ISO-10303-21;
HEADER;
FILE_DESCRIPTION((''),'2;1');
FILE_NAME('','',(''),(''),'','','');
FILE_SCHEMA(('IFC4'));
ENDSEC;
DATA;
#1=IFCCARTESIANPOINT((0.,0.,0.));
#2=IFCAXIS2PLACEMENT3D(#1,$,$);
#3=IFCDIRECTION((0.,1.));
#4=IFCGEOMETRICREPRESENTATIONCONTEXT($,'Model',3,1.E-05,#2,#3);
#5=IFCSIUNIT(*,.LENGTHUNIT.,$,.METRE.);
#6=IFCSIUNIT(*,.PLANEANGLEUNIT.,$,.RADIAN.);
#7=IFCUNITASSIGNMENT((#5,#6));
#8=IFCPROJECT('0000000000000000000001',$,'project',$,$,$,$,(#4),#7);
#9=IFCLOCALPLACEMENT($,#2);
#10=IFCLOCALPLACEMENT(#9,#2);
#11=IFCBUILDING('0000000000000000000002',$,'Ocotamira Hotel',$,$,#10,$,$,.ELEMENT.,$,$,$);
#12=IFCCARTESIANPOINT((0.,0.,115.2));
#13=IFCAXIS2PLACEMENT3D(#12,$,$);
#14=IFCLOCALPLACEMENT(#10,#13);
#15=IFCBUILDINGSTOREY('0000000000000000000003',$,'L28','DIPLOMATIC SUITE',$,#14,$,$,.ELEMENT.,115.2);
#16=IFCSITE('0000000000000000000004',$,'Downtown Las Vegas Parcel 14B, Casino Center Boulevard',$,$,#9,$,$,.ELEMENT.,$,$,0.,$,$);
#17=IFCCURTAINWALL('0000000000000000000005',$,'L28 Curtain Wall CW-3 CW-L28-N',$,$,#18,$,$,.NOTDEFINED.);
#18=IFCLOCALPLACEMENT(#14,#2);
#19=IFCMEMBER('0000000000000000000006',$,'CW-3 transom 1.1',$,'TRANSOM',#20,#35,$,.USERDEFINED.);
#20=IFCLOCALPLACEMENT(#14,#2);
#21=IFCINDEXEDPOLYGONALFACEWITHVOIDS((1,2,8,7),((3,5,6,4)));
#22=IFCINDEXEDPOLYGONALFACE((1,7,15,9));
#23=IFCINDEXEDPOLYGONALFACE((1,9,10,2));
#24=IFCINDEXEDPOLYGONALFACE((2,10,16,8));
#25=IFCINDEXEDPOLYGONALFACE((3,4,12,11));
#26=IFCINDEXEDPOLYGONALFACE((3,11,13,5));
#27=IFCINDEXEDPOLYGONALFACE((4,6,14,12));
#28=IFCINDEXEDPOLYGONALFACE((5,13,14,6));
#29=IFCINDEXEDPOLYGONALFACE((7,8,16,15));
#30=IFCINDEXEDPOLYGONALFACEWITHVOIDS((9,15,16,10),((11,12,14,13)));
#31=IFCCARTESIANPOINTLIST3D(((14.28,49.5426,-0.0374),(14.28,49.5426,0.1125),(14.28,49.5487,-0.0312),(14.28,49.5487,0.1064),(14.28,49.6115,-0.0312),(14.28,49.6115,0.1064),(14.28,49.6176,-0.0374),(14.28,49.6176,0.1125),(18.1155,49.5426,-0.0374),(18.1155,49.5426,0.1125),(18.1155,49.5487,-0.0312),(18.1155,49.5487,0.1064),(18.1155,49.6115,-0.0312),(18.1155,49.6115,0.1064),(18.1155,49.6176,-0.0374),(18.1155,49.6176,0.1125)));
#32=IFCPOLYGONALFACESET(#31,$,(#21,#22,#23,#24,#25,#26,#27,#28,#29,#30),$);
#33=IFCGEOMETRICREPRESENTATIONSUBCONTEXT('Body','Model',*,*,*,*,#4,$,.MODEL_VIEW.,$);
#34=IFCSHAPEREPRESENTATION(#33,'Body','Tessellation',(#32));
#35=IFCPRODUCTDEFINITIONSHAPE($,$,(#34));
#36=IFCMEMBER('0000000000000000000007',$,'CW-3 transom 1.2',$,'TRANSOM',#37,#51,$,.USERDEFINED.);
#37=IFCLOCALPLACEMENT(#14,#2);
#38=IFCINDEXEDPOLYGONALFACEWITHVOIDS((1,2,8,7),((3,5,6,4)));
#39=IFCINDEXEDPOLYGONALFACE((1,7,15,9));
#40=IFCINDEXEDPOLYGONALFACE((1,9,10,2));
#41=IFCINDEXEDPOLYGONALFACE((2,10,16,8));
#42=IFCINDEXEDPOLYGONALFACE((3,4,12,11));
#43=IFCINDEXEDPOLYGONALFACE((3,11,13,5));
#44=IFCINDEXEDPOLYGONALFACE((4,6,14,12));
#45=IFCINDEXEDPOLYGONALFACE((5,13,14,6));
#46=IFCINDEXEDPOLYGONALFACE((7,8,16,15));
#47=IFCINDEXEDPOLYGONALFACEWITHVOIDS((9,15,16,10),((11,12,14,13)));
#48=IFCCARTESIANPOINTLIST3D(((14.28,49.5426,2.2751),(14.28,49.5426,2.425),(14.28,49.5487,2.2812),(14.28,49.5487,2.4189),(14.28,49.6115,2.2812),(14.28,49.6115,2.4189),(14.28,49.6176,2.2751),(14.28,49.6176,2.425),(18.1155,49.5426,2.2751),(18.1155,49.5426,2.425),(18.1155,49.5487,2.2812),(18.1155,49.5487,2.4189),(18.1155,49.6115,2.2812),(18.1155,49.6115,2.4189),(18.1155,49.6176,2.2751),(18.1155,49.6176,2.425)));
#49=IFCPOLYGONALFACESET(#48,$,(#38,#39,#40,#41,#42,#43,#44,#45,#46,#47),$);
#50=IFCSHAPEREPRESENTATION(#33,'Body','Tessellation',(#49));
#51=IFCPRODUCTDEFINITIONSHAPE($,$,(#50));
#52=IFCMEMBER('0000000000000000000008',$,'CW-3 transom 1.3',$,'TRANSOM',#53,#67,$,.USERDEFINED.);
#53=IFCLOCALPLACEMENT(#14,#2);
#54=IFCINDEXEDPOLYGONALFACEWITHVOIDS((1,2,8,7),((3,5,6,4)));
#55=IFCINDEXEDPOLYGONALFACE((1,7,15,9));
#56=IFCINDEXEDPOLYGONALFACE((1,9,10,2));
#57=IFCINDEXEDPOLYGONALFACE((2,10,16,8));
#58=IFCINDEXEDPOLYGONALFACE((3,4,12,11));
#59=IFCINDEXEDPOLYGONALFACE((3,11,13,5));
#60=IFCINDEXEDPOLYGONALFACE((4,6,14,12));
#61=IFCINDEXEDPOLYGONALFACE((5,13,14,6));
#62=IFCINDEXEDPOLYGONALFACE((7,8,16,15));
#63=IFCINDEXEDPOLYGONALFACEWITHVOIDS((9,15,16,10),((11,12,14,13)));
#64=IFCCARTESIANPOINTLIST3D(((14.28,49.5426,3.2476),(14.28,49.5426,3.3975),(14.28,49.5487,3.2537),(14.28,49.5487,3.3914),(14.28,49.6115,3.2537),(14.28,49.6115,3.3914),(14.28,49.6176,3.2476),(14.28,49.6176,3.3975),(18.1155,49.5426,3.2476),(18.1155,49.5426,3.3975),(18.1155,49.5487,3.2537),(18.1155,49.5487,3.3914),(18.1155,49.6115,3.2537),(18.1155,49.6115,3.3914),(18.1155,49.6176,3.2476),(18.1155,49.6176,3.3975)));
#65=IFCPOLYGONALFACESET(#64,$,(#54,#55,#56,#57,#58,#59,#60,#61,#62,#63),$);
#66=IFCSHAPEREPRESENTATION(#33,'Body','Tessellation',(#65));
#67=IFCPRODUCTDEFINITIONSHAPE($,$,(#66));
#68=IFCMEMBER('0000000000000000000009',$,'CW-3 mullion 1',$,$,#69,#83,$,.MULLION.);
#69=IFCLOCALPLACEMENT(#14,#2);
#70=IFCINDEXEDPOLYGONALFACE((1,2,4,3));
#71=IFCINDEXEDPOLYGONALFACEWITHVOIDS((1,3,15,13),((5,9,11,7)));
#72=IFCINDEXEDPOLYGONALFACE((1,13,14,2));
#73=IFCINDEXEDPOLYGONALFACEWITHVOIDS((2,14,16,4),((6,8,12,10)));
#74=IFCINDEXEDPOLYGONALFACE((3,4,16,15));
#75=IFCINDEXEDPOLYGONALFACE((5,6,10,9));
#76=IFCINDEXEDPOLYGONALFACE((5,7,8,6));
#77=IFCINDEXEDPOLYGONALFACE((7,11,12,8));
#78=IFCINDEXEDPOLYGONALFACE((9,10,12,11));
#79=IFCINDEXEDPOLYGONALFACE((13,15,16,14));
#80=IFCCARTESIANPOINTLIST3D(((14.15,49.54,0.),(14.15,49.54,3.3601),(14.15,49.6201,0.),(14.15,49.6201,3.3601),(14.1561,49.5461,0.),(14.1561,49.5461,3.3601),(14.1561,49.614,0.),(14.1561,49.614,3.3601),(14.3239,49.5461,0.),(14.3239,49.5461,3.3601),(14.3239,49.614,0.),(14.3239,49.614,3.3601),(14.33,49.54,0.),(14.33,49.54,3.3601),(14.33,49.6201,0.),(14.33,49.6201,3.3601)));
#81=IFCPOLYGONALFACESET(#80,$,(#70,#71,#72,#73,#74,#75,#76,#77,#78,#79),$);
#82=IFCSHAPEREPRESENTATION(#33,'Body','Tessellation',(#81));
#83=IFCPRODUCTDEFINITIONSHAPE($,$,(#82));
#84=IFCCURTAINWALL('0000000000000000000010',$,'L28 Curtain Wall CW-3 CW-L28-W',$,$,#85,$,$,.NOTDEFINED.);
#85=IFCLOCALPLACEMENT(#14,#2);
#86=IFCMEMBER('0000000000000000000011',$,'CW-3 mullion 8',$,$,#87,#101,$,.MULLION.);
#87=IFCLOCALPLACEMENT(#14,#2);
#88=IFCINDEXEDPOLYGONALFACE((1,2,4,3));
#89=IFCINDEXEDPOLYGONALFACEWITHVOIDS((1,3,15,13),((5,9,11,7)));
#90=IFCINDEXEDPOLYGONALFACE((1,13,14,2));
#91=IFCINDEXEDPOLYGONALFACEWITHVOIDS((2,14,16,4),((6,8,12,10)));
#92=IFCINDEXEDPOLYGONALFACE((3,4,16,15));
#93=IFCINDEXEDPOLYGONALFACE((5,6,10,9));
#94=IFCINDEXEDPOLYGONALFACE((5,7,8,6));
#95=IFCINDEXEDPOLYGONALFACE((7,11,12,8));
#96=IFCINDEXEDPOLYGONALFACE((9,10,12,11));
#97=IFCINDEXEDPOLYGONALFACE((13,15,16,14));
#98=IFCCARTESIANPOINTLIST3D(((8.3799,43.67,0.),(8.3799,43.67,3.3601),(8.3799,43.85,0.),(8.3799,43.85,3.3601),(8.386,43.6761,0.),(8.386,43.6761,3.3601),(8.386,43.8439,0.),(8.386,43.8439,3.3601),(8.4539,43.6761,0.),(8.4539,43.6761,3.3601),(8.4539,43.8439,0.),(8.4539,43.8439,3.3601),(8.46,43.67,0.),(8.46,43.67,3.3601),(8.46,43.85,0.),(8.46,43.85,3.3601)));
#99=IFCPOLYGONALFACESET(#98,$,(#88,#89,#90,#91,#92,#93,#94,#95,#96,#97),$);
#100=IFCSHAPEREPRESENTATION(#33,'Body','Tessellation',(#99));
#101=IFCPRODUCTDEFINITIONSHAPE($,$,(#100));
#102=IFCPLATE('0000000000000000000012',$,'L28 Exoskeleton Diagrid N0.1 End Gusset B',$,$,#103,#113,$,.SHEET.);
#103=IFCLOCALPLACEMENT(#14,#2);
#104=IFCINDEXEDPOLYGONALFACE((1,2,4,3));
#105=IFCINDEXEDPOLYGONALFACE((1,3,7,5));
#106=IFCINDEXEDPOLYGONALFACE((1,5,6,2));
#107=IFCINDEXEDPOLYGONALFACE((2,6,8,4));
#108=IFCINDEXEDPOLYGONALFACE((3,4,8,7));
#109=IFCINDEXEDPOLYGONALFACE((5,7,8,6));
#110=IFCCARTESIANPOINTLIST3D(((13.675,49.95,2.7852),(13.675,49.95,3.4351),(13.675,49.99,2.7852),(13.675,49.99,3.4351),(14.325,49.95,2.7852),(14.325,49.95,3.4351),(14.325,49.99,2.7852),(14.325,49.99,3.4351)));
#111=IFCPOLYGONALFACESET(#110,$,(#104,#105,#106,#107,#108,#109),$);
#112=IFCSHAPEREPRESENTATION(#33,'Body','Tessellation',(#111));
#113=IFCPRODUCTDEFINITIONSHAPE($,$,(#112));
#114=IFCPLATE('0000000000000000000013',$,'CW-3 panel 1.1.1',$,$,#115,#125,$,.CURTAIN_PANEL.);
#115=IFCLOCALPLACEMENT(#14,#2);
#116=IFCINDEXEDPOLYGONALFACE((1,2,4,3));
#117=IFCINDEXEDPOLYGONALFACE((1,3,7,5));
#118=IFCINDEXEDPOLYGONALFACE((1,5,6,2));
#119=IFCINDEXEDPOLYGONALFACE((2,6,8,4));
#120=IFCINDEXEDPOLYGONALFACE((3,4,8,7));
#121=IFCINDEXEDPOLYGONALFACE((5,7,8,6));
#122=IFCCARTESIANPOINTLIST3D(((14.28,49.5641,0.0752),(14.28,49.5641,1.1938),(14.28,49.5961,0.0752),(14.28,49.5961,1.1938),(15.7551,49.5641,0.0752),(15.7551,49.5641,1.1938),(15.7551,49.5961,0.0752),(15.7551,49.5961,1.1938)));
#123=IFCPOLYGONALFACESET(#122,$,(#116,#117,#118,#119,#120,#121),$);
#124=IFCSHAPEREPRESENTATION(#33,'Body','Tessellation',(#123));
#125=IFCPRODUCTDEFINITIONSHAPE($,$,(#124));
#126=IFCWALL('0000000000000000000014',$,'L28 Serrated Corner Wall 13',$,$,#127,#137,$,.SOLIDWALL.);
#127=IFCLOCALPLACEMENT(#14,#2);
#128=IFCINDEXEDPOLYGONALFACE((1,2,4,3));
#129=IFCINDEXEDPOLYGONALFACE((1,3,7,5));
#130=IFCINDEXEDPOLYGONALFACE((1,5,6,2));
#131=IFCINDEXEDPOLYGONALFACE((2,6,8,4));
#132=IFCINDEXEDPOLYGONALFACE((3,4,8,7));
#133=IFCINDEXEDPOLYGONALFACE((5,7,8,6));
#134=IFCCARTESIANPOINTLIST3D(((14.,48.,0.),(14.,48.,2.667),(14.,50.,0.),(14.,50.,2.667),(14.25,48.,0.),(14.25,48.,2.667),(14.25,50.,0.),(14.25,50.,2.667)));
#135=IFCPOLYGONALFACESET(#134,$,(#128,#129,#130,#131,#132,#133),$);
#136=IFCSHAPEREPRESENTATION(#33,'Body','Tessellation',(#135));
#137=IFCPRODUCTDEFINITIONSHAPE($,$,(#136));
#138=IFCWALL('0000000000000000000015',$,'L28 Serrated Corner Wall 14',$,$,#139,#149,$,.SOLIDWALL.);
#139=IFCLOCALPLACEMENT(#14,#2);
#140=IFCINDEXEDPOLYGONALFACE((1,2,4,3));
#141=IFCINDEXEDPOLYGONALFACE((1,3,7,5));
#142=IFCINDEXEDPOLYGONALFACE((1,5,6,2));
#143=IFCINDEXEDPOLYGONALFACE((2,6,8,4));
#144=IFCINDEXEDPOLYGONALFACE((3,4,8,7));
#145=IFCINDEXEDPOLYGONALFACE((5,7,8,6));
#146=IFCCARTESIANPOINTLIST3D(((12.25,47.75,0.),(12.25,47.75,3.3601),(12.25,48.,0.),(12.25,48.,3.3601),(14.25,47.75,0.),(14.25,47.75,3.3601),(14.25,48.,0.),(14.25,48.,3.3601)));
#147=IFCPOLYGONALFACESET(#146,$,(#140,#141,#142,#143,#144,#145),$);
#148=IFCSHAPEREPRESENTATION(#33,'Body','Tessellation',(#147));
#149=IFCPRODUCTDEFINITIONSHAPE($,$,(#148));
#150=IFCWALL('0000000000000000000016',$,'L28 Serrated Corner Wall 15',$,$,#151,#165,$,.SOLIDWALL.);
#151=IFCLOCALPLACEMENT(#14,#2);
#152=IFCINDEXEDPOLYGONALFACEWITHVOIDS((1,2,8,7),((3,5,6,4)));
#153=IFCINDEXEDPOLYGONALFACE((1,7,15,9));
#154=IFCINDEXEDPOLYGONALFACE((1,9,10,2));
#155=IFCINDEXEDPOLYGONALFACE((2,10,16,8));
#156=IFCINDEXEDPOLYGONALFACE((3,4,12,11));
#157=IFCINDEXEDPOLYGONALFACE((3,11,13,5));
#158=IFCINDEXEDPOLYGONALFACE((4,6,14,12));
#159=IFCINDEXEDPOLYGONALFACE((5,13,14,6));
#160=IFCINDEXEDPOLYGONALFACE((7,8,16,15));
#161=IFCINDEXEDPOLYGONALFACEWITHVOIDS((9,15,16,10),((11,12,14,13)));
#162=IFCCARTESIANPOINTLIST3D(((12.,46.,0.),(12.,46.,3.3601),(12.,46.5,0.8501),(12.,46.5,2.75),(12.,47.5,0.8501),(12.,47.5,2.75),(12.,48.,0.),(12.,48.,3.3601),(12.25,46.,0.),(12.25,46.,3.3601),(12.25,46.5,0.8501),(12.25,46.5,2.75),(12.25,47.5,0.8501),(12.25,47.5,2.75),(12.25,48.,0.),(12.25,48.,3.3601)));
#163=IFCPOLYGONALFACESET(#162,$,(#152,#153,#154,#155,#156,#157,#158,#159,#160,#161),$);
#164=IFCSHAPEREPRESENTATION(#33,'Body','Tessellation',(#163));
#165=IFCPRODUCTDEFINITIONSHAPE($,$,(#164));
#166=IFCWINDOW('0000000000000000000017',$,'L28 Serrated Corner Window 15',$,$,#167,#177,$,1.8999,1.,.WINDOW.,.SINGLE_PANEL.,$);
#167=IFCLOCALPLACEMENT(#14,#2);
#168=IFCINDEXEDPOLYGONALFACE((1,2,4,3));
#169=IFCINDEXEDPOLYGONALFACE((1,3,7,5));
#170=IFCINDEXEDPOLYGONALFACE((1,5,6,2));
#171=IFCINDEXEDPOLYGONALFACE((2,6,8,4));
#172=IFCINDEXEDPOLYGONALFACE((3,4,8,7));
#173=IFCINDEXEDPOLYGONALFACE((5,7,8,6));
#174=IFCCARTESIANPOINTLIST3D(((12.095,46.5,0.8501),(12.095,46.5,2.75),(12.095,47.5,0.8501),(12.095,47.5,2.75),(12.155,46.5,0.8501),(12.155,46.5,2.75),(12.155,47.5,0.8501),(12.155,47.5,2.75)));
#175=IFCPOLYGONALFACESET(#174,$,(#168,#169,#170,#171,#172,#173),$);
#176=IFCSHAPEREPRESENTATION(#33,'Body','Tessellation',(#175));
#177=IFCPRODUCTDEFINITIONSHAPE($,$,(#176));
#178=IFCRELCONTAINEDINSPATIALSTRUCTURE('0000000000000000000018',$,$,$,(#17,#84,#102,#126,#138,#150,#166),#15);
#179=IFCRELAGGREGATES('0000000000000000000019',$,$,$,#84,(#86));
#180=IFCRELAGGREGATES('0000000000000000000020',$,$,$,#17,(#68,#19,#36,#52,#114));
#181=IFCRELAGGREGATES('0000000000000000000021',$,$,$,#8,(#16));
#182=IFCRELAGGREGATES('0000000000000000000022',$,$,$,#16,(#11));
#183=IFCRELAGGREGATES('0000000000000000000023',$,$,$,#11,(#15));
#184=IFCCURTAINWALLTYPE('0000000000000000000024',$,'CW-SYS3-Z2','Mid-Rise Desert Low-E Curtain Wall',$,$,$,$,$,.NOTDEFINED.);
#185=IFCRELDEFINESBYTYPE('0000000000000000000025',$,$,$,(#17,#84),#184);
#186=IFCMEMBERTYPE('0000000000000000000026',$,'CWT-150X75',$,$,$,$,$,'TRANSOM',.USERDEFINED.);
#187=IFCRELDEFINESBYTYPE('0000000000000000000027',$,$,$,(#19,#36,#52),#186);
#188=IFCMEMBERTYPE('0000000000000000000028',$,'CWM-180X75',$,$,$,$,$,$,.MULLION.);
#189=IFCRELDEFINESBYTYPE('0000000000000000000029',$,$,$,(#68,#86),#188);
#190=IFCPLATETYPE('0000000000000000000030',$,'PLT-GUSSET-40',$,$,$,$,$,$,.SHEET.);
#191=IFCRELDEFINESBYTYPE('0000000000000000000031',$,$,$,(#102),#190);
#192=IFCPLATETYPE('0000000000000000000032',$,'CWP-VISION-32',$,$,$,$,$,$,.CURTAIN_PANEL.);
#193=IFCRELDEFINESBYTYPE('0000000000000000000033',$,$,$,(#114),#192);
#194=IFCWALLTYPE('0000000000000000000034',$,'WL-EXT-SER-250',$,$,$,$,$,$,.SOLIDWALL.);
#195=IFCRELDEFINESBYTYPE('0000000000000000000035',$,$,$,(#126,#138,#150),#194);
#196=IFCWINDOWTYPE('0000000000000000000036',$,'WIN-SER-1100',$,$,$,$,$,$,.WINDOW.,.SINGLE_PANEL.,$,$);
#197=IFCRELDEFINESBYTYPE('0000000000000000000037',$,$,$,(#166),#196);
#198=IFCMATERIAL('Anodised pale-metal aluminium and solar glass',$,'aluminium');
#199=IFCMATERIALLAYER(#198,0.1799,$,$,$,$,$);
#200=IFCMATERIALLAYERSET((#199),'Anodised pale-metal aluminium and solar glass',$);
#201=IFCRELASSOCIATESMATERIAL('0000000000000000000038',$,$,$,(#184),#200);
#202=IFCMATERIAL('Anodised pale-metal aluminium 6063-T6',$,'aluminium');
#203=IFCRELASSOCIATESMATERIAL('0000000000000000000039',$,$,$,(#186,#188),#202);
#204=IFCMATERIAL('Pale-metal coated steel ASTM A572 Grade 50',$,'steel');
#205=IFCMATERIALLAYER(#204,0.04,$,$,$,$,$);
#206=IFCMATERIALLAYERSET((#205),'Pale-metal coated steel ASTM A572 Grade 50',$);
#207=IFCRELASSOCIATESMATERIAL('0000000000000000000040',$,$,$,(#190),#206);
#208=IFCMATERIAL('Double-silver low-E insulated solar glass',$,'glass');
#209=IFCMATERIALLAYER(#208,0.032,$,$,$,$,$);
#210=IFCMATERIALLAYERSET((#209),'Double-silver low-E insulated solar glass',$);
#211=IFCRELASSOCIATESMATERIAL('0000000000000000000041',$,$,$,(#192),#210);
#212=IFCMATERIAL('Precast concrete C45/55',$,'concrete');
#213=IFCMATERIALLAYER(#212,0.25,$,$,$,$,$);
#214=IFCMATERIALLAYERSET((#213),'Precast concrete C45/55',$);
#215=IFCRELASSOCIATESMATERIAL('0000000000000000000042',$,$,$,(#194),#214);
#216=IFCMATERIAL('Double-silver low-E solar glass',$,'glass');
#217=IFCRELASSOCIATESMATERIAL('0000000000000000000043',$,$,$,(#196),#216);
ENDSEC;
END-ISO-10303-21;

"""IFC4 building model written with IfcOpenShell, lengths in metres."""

from ifc_helpers import new_model, si_unit, direction, frame, frame_2d, origin, origin_2d, place, context, subcontext, project, spatial, rectangle, hollow_rectangle, extrude, source, transform, mapped, material, layer, layer_set, material_profile, profile_set, type_object, element, fill, aggregate, save


model = new_model("IFC4")

# Units and contexts
model_context = context("Model", 3, precision=1e-05, world=origin(), true_north=direction((0.0, 1.0)))
body_context = subcontext(model_context, "Body", "Model", "MODEL_VIEW")
ifc_project = project(units=[si_unit("LENGTHUNIT", "METRE"), si_unit("PLANEANGLEUNIT", "RADIAN")], contexts=[model_context])

# Site, building, storey
site_placement = place(None, origin())
site = spatial("IfcSite", under=ifc_project, at=site_placement, Name="Downtown Las Vegas Parcel 14B, Casino Center Boulevard", CompositionType="ELEMENT", RefElevation=0.0)
building_placement = place(site_placement, origin())
building = spatial("IfcBuilding", under=site, at=building_placement, Name="Ocotamira Hotel", CompositionType="ELEMENT")
storey_placement = place(building_placement, frame((0.0, 0.0, 115.2)))
storey = spatial("IfcBuildingStorey", under=building, at=storey_placement, Name="L28", Description="DIPLOMATIC SUITE", CompositionType="ELEMENT", Elevation=115.2)

# Curtain wall, members
ifc_material_1 = material(Name="Anodised pale-metal aluminium and solar glass", Category="aluminium")
ifc_layer_1 = layer(ifc_material_1, 0.1799)
ifc_layer_set_1 = layer_set([ifc_layer_1], Name="Anodised pale-metal aluminium and solar glass")
curtain_wall_type = type_object("IfcCurtainWallType", Name="CW-SYS3-Z2", Description="Mid-Rise Desert Low-E Curtain Wall", PredefinedType="NOTDEFINED", material=ifc_layer_set_1)
curtain_wall_1_placement = place(storey_placement, origin())
curtain_wall_1 = element("IfcCurtainWall", 1, at=curtain_wall_1_placement, inside=storey, type_object=curtain_wall_type, Name="L28 Curtain Wall CW-3 CW-L28-N", PredefinedType="NOTDEFINED")
ifc_material_2 = material(Name="Anodised pale-metal aluminium 6063-T6", Category="aluminium")
ifc_material_profile_1 = material_profile(ifc_material_2, hollow_rectangle(XDim=0.075, YDim=0.1499, WallThickness=0.0061, at=origin_2d()), Name="HSS150X75X6")
ifc_profile_set_1 = profile_set([ifc_material_profile_1], Name="Anodised pale-metal aluminium 6063-T6")
member_type_1 = type_object("IfcMemberType", Name="CWT-150X75", ElementType="TRANSOM", PredefinedType="USERDEFINED", material=ifc_profile_set_1)
shared_shape_1 = source(origin(), body_context, "Body", "SweptSolid", [
    extrude(hollow_rectangle(XDim=0.075, YDim=0.1499, WallThickness=0.0061, at=origin_2d()), origin(), (0.0, 0.0, 1.0), 3.8354),
])
member_1_placement = place(storey_placement, frame((14.28, 49.5801, 0.0376), z_axis=(1.0, 0.0, 0.0), x_axis=(0.0, 1.0, 0.0)))
member_1 = element("IfcMember", 2, at=member_1_placement, type_object=member_type_1, Name="CW-3 transom 1.1", ObjectType="TRANSOM", PredefinedType="USERDEFINED", context=body_context, shape_type="MappedRepresentation", body=[
    mapped(shared_shape_1, transform((0.0, 0.0, 0.0), scale=1.0)),
])
member_2_placement = place(storey_placement, frame((14.28, 49.5801, 2.3501), z_axis=(1.0, 0.0, 0.0), x_axis=(0.0, 1.0, 0.0)))
member_2 = element("IfcMember", 3, at=member_2_placement, type_object=member_type_1, Name="CW-3 transom 1.2", ObjectType="TRANSOM", PredefinedType="USERDEFINED", context=body_context, shape_type="MappedRepresentation", body=[
    mapped(shared_shape_1, transform((0.0, 0.0, 0.0), scale=1.0)),
])
member_3_placement = place(storey_placement, frame((14.28, 49.5801, 3.3225), z_axis=(1.0, 0.0, 0.0), x_axis=(0.0, 1.0, 0.0)))
member_3 = element("IfcMember", 4, at=member_3_placement, type_object=member_type_1, Name="CW-3 transom 1.3", ObjectType="TRANSOM", PredefinedType="USERDEFINED", context=body_context, shape_type="MappedRepresentation", body=[
    mapped(shared_shape_1, transform((0.0, 0.0, 0.0), scale=1.0)),
])
ifc_material_profile_2 = material_profile(ifc_material_2, hollow_rectangle(XDim=0.0801, YDim=0.1799, WallThickness=0.0061, at=origin_2d()), Name="HSS180X80X6")
ifc_profile_set_2 = profile_set([ifc_material_profile_2], Name="Anodised pale-metal aluminium 6063-T6")
member_type_2 = type_object("IfcMemberType", Name="CWM-180X75", PredefinedType="MULLION", material=ifc_profile_set_2)
shared_shape_2 = source(origin(), body_context, "Body", "SweptSolid", [
    extrude(hollow_rectangle(XDim=0.0801, YDim=0.1799, WallThickness=0.0061, at=origin_2d()), origin(), (0.0, 0.0, 1.0), 3.3601),
])
member_4_placement = place(storey_placement, frame((14.24, 49.5801, 0.0), z_axis=(0.0, 0.0, 1.0), x_axis=(0.0, 1.0, 0.0)))
member_4 = element("IfcMember", 5, at=member_4_placement, type_object=member_type_2, Name="CW-3 mullion 1", PredefinedType="MULLION", context=body_context, shape_type="MappedRepresentation", body=[
    mapped(shared_shape_2, transform((0.0, 0.0, 0.0), scale=1.0)),
])

# Curtain wall, member
curtain_wall_2_placement = place(storey_placement, origin())
curtain_wall_2 = element("IfcCurtainWall", 6, at=curtain_wall_2_placement, inside=storey, type_object=curtain_wall_type, Name="L28 Curtain Wall CW-3 CW-L28-W", PredefinedType="NOTDEFINED")
member_5_placement = place(storey_placement, frame((8.4199, 43.76, 0.0), z_axis=(0.0, 0.0, 1.0), x_axis=(-1.0, 0.0, 0.0)))
member_5 = element("IfcMember", 7, at=member_5_placement, type_object=member_type_2, Name="CW-3 mullion 8", PredefinedType="MULLION", context=body_context, shape_type="MappedRepresentation", body=[
    mapped(shared_shape_2, transform((0.0, 0.0, 0.0), scale=1.0)),
])
aggregate(curtain_wall_2, [member_5])

# Plates
ifc_material_3 = material(Name="Pale-metal coated steel ASTM A572 Grade 50", Category="steel")
ifc_layer_2 = layer(ifc_material_3, 0.04)
ifc_layer_set_2 = layer_set([ifc_layer_2], Name="Pale-metal coated steel ASTM A572 Grade 50")
plate_type_1 = type_object("IfcPlateType", Name="PLT-GUSSET-40", PredefinedType="SHEET", material=ifc_layer_set_2)
shared_shape_3 = source(origin(), body_context, "Body", "SweptSolid", [
    extrude(rectangle(XDim=0.6499, YDim=0.04, at=origin_2d()), origin(), (0.0, 0.0, 1.0), 0.6499),
])
plate_1_placement = place(storey_placement, frame((14.0, 49.97, 2.7852), z_axis=(0.0, 0.0, 1.0), x_axis=(-1.0, 0.0, 0.0)))
element("IfcPlate", 8, at=plate_1_placement, inside=storey, type_object=plate_type_1, Name="L28 Exoskeleton Diagrid N0.1 End Gusset B", PredefinedType="SHEET", context=body_context, shape_type="MappedRepresentation", body=[
    mapped(shared_shape_3, transform((0.0, 0.0, 0.0), scale=1.0)),
])
ifc_material_4 = material(Name="Double-silver low-E insulated solar glass", Category="glass")
ifc_layer_3 = layer(ifc_material_4, 0.032)
ifc_layer_set_3 = layer_set([ifc_layer_3], Name="Double-silver low-E insulated solar glass")
plate_type_2 = type_object("IfcPlateType", Name="CWP-VISION-32", PredefinedType="CURTAIN_PANEL", material=ifc_layer_set_3)
shared_shape_4 = source(origin(), body_context, "Body", "SweptSolid", [
    extrude(rectangle(XDim=1.4751, YDim=0.032, at=origin_2d()), origin(), (0.0, 0.0, 1.0), 1.1187),
])
plate_2_placement = place(storey_placement, frame((15.0176, 49.5801, 0.0752), z_axis=(0.0, 0.0, 1.0), x_axis=(1.0, 0.0, 0.0)))
plate_2 = element("IfcPlate", 9, at=plate_2_placement, type_object=plate_type_2, Name="CW-3 panel 1.1.1", PredefinedType="CURTAIN_PANEL", context=body_context, shape_type="MappedRepresentation", body=[
    mapped(shared_shape_4, transform((0.0, 0.0, 0.0), scale=1.0)),
])
aggregate(curtain_wall_1, [member_4, member_1, member_2, member_3, plate_2])

# Walls
ifc_material_5 = material(Name="Precast concrete C45/55", Category="concrete")
ifc_layer_4 = layer(ifc_material_5, 0.25)
ifc_layer_set_4 = layer_set([ifc_layer_4], Name="Precast concrete C45/55")
wall_type = type_object("IfcWallType", Name="WL-EXT-SER-250", PredefinedType="SOLIDWALL", material=ifc_layer_set_4)
wall_1_placement = place(storey_placement, frame((14.125, 50.0, 0.0), z_axis=(0.0, 0.0, 1.0), x_axis=(0.0, -1.0, 0.0)))
element("IfcWall", 10, at=wall_1_placement, inside=storey, type_object=wall_type, Name="L28 Serrated Corner Wall 13", PredefinedType="SOLIDWALL", context=body_context, shape_type="SweptSolid", body=[
    extrude(rectangle(XDim=2.0, YDim=0.25, at=frame_2d((1.0, 0.0))), origin(), (0.0, 0.0, 1.0), 2.667),
])
wall_2_placement = place(storey_placement, frame((14.25, 47.875, 0.0), z_axis=(0.0, 0.0, 1.0), x_axis=(-1.0, 0.0, 0.0)))
element("IfcWall", 11, at=wall_2_placement, inside=storey, type_object=wall_type, Name="L28 Serrated Corner Wall 14", PredefinedType="SOLIDWALL", context=body_context, shape_type="SweptSolid", body=[
    extrude(rectangle(XDim=2.0, YDim=0.25, at=frame_2d((1.0, 0.0))), origin(), (0.0, 0.0, 1.0), 3.3601),
])

# Wall, opening, window
wall_3_placement = place(storey_placement, frame((12.125, 48.0, 0.0), z_axis=(0.0, 0.0, 1.0), x_axis=(0.0, -1.0, 0.0)))
wall_3 = element("IfcWall", 12, at=wall_3_placement, inside=storey, type_object=wall_type, Name="L28 Serrated Corner Wall 15", PredefinedType="SOLIDWALL", context=body_context, shape_type="SweptSolid", body=[
    extrude(rectangle(XDim=2.0, YDim=0.25, at=frame_2d((1.0, 0.0))), origin(), (0.0, 0.0, 1.0), 3.3601),
])
opening_placement = place(wall_3_placement, frame((0.5, 0.0, 0.8501)))
opening = element("IfcOpeningElement", 13, at=opening_placement, cuts=wall_3, PredefinedType="OPENING", context=body_context, shape_type="SweptSolid", body=[
    extrude(rectangle(XDim=1.0, YDim=1.8999, at=frame_2d((0.5, 0.95))), frame((0.0, 0.135, 0.0), z_axis=(0.0, -1.0, 0.0), x_axis=(1.0, 0.0, 0.0)), (0.0, 0.0, 1.0), 0.27),
])
ifc_material_6 = material(Name="Double-silver low-E solar glass", Category="glass")
window_type = type_object("IfcWindowType", Name="WIN-SER-1100", PartitioningType="SINGLE_PANEL", PredefinedType="WINDOW", material=ifc_material_6)
shared_shape_5 = source(origin(), body_context, "Body", "SweptSolid", [
    extrude(rectangle(XDim=1.0, YDim=1.8999, at=frame_2d((0.5, 0.95))), frame((0.0, 0.03, 0.0), z_axis=(0.0, -1.0, 0.0), x_axis=(1.0, 0.0, 0.0)), (0.0, 0.0, 1.0), 0.0601),
])
window_placement = place(opening_placement, origin())
window = element("IfcWindow", 14, at=window_placement, inside=storey, type_object=window_type, Name="L28 Serrated Corner Window 15", OverallHeight=1.8999, OverallWidth=1.0, PartitioningType="SINGLE_PANEL", PredefinedType="WINDOW", context=body_context, shape_type="MappedRepresentation", body=[
    mapped(shared_shape_5, transform((0.0, 0.0, 0.0), scale=1.0)),
])
fill(opening, window)

save(model, "model.ifc")
